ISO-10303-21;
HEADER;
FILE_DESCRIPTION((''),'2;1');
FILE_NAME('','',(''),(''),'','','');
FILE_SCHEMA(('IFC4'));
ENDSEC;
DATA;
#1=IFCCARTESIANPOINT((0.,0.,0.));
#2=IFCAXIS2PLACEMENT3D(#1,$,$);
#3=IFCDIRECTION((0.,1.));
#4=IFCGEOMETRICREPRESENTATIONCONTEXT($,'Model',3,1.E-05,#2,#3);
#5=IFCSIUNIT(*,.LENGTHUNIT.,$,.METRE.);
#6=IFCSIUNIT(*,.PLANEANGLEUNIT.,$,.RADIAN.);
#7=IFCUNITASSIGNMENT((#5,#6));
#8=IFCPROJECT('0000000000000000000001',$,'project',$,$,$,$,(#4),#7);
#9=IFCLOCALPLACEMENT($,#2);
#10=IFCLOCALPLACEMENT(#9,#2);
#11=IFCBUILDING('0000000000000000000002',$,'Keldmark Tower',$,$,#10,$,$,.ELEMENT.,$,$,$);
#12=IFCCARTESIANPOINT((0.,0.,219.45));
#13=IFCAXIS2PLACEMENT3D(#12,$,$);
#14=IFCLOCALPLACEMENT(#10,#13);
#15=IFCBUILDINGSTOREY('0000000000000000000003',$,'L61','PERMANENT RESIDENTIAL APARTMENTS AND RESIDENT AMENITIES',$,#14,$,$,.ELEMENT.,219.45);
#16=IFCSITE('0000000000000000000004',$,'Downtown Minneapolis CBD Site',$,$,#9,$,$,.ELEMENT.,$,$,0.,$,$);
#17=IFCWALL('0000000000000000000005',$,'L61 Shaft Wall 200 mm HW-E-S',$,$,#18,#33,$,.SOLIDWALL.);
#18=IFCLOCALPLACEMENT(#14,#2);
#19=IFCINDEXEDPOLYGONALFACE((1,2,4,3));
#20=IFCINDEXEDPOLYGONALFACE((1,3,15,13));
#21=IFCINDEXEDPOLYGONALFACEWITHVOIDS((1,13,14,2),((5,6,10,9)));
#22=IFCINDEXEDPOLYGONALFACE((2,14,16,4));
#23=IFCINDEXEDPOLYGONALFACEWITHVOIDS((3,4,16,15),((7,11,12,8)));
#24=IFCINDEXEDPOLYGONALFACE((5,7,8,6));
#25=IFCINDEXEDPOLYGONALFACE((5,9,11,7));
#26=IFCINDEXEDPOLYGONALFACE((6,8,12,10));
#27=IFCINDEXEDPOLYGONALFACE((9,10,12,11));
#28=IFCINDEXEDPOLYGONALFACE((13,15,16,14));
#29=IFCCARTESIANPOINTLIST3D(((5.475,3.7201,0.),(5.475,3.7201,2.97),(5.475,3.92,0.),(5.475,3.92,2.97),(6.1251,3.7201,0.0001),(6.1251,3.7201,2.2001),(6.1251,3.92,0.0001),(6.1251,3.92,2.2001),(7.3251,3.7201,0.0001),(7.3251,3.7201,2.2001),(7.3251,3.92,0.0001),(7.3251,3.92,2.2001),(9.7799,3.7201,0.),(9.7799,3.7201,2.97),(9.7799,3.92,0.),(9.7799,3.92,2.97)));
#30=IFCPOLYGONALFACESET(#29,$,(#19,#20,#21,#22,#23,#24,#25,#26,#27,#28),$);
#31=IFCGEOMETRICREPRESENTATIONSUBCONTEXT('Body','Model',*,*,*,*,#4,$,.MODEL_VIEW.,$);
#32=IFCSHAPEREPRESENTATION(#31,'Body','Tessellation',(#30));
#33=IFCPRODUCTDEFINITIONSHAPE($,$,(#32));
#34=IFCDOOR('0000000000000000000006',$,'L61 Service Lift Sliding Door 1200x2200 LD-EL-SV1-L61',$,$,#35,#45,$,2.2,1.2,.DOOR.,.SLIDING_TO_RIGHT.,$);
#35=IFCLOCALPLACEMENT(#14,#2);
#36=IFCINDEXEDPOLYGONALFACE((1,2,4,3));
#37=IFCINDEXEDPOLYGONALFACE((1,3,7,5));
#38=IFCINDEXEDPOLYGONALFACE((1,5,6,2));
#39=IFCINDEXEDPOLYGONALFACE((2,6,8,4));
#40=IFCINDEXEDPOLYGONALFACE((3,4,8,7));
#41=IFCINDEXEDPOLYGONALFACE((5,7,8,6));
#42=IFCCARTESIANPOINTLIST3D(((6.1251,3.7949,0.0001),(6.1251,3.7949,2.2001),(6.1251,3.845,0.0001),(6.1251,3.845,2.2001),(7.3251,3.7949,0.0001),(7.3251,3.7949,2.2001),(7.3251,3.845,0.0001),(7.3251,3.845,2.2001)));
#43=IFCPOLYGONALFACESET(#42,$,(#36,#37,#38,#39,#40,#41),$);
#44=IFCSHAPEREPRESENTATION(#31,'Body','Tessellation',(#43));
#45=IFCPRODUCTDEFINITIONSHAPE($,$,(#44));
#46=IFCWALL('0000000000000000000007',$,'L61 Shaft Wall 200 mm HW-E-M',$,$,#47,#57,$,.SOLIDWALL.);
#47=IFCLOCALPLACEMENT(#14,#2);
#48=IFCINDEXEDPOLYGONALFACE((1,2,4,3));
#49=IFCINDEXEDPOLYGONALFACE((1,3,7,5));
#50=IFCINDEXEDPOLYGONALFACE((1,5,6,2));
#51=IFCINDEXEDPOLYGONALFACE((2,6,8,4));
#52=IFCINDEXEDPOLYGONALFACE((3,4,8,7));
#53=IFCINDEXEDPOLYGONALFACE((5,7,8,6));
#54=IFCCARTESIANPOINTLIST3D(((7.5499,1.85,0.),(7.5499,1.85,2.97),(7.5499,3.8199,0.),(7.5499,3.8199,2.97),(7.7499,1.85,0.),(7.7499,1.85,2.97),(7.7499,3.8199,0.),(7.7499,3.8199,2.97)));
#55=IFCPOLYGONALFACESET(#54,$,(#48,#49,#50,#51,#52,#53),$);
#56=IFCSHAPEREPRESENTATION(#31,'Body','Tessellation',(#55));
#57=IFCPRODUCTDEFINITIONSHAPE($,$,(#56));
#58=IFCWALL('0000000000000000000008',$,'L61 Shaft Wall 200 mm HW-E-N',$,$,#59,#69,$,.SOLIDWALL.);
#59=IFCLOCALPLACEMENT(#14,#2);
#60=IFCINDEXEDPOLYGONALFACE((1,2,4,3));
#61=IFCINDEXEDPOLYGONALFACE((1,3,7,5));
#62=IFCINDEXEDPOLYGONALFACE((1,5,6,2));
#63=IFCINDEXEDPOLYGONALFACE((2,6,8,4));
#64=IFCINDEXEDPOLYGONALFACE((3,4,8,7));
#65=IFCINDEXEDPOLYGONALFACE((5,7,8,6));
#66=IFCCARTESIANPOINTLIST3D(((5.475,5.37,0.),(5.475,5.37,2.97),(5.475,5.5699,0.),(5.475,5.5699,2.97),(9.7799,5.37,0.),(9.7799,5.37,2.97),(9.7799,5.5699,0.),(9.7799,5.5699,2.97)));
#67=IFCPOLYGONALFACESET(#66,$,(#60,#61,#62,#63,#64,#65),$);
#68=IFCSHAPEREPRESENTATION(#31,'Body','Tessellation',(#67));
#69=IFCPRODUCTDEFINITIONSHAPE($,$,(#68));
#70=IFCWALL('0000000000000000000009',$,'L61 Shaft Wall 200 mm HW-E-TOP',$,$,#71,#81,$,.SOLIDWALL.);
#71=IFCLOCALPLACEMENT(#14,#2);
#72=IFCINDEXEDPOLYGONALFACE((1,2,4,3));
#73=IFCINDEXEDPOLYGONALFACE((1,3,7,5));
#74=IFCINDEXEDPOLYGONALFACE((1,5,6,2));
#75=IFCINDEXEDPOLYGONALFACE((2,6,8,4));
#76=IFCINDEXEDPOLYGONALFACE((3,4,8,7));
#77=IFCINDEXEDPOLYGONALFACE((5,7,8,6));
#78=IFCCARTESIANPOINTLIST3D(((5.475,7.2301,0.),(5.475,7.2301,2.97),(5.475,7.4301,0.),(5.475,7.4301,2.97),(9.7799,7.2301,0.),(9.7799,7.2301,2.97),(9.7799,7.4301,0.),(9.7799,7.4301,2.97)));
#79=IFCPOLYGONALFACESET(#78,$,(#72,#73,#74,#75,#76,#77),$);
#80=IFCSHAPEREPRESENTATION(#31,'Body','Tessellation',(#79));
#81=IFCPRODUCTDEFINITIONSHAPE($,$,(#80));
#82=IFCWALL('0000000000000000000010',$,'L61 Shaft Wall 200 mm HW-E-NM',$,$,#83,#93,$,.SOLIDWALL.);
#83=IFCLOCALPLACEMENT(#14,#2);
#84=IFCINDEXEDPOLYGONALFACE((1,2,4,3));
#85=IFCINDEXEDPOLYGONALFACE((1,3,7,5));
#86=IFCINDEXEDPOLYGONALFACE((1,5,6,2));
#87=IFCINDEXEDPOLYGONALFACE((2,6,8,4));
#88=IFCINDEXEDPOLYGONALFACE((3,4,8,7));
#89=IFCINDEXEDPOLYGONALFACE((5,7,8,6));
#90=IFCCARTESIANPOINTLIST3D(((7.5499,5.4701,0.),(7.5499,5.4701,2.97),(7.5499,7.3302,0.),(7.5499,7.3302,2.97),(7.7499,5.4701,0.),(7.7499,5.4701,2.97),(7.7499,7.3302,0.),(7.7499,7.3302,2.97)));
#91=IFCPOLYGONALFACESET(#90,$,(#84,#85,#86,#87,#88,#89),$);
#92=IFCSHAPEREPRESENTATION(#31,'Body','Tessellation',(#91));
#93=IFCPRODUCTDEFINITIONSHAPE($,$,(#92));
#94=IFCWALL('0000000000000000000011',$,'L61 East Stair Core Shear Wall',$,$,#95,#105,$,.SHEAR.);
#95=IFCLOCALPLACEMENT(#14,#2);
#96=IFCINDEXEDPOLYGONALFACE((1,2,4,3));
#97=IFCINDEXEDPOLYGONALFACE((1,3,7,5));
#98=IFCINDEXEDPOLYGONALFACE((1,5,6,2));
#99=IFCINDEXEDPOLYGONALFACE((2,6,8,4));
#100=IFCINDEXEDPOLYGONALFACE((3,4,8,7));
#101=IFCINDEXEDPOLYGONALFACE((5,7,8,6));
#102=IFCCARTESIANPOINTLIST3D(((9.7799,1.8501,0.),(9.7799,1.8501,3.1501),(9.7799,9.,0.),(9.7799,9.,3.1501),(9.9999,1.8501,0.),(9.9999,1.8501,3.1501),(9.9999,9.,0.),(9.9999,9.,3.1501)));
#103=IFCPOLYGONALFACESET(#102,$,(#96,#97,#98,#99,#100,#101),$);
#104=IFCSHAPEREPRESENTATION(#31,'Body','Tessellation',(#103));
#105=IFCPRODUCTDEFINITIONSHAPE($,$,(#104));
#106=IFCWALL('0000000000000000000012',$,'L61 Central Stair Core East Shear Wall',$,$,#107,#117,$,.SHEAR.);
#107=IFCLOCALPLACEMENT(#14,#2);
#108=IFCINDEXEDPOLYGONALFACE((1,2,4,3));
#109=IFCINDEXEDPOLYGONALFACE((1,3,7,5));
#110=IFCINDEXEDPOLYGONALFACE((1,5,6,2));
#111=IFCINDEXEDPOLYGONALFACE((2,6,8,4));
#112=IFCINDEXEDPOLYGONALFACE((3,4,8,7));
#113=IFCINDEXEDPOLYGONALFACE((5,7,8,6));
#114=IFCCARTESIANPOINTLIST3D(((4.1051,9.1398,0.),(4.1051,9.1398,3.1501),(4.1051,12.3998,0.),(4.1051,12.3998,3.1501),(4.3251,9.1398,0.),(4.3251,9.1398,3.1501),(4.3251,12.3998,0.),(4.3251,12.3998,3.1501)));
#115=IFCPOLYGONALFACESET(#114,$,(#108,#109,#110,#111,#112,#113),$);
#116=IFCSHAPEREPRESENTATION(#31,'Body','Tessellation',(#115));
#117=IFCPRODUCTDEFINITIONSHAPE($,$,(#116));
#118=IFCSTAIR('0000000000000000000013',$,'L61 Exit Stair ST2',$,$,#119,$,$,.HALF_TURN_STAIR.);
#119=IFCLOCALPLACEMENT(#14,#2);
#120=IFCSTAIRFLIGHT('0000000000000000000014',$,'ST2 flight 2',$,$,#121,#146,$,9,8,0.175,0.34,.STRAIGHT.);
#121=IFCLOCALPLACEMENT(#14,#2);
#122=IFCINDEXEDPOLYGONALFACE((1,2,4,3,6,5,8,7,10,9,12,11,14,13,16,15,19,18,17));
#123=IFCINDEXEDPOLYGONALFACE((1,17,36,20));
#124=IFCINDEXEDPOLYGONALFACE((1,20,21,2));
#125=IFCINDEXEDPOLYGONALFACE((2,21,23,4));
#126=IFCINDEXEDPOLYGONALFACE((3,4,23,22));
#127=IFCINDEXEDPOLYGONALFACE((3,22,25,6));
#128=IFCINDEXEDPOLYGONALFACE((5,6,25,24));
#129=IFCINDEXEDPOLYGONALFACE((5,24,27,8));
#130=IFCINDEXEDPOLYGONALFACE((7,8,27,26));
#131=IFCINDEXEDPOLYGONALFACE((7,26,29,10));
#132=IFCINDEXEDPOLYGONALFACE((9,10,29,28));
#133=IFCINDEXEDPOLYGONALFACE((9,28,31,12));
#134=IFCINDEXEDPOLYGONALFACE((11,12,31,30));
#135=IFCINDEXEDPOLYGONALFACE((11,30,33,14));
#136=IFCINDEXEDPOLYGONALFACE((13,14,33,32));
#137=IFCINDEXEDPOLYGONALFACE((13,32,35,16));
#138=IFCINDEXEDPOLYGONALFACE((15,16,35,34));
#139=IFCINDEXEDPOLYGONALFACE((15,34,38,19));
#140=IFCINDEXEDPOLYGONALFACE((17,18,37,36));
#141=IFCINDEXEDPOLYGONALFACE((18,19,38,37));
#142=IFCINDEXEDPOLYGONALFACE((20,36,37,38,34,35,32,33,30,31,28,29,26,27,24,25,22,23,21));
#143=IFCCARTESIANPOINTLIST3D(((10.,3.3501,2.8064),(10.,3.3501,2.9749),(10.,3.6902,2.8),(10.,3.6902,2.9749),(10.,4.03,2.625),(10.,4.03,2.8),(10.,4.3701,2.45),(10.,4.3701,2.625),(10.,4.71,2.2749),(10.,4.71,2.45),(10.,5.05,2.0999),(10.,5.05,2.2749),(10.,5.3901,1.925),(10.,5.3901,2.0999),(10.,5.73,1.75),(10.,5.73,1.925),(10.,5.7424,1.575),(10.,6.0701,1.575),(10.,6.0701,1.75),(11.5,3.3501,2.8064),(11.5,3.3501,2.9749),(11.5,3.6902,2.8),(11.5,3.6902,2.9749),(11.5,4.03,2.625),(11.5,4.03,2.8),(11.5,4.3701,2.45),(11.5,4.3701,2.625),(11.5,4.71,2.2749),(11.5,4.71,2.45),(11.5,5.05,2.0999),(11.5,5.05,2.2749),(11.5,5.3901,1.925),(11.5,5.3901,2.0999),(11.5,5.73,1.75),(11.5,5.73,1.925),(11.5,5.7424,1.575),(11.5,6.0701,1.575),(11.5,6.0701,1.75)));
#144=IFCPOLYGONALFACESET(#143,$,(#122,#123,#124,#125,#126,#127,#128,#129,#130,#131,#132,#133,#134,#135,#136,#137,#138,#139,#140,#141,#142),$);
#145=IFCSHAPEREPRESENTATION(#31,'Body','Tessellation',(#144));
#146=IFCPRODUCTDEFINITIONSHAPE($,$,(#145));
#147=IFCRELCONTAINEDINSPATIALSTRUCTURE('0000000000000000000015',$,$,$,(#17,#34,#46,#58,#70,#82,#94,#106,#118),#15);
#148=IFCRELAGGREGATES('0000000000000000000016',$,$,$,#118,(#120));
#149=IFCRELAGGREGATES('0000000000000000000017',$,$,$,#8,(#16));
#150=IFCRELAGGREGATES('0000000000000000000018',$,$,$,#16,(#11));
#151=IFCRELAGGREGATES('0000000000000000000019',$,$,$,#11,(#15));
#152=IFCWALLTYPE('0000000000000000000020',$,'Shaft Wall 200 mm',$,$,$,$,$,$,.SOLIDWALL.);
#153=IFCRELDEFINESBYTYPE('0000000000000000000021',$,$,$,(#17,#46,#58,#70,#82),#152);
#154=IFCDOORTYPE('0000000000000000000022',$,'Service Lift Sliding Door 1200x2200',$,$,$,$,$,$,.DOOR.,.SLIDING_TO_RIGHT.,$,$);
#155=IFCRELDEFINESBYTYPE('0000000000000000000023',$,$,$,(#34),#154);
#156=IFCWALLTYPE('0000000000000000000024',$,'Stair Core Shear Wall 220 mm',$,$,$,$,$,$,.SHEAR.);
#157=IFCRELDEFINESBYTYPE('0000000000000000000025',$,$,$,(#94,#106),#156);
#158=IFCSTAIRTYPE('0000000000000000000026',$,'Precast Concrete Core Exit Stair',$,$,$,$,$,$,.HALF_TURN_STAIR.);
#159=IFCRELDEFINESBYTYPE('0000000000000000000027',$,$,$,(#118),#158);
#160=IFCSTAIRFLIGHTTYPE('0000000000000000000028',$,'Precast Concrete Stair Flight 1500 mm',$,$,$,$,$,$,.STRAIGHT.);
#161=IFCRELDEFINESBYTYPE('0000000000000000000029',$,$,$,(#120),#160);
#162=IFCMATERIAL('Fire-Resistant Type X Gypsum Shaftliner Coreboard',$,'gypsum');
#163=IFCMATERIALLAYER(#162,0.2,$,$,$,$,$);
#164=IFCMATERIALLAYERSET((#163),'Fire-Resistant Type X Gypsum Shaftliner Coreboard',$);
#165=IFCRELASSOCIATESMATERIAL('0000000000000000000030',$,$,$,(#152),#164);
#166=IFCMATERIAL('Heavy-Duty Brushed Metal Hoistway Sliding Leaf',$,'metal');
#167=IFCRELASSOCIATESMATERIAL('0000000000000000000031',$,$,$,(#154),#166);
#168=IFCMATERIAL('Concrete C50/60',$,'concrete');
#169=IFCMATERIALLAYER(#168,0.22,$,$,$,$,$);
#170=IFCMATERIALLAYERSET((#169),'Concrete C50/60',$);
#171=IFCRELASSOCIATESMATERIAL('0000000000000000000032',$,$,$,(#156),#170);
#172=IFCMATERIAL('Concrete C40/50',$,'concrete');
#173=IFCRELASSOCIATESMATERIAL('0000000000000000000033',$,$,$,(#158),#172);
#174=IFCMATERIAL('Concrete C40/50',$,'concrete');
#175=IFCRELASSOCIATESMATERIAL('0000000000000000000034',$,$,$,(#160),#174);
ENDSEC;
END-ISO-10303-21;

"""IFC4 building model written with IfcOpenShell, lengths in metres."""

from ifc_helpers import new_model, si_unit, direction, frame, frame_2d, origin, place, context, subcontext, project, spatial, polyline, rectangle, outline, extrude, material, layer, layer_set, type_object, element, fill, aggregate, save


model = new_model("IFC4")

# Units and contexts
model_context = context("Model", 3, precision=1e-05, world=origin(), true_north=direction((0.0, 1.0)))
body_context = subcontext(model_context, "Body", "Model", "MODEL_VIEW")
ifc_project = project(units=[si_unit("LENGTHUNIT", "METRE"), si_unit("PLANEANGLEUNIT", "RADIAN")], contexts=[model_context])

# Site, building, storey
site_placement = place(None, origin())
site = spatial("IfcSite", under=ifc_project, at=site_placement, Name="Downtown Minneapolis CBD Site", CompositionType="ELEMENT", RefElevation=0.0)
building_placement = place(site_placement, origin())
building = spatial("IfcBuilding", under=site, at=building_placement, Name="Keldmark Tower", CompositionType="ELEMENT")
storey_placement = place(building_placement, frame((0.0, 0.0, 219.45)))
storey = spatial("IfcBuildingStorey", under=building, at=storey_placement, Name="L61", Description="PERMANENT RESIDENTIAL APARTMENTS AND RESIDENT AMENITIES", CompositionType="ELEMENT", Elevation=219.45)

# Wall, opening, door
ifc_material_1 = material(Name="Fire-Resistant Type X Gypsum Shaftliner Coreboard", Category="gypsum")
ifc_layer_1 = layer(ifc_material_1, 0.2)
ifc_layer_set_1 = layer_set([ifc_layer_1], Name="Fire-Resistant Type X Gypsum Shaftliner Coreboard")
wall_type_1 = type_object("IfcWallType", Name="Shaft Wall 200 mm", PredefinedType="SOLIDWALL", material=ifc_layer_set_1)
wall_1_placement = place(storey_placement, frame((5.4751, 3.8201, 0.0), z_axis=(0.0, 0.0, 1.0), x_axis=(1.0, 0.0, 0.0)))
wall_1 = element("IfcWall", 1, at=wall_1_placement, inside=storey, type_object=wall_type_1, Name="L61 Shaft Wall 200 mm HW-E-S", PredefinedType="SOLIDWALL", context=body_context, shape_type="SweptSolid", body=[
    extrude(rectangle(XDim=4.3049, YDim=0.2, at=frame_2d((2.1523, 0.0))), origin(), (0.0, 0.0, 1.0), 2.97),
])
opening_1_placement = place(wall_1_placement, frame((0.6499, 0.0, 0.0)))
opening_1 = element("IfcOpeningElement", 2, at=opening_1_placement, cuts=wall_1, PredefinedType="OPENING", context=body_context, shape_type="SweptSolid", body=[
    extrude(rectangle(XDim=1.2, YDim=2.2, at=frame_2d((0.6001, 1.1001))), frame((0.0, 0.1099, 0.0), z_axis=(0.0, -1.0, 0.0), x_axis=(1.0, 0.0, 0.0)), (0.0, 0.0, 1.0), 0.22),
])
ifc_material_2 = material(Name="Heavy-Duty Brushed Metal Hoistway Sliding Leaf", Category="metal")
door_type_1 = type_object("IfcDoorType", Name="Service Lift Sliding Door 1200x2200", OperationType="SLIDING_TO_RIGHT", PredefinedType="DOOR", material=ifc_material_2)
door_1_placement = place(opening_1_placement, origin())
door_1 = element("IfcDoor", 3, at=door_1_placement, inside=storey, type_object=door_type_1, Name="L61 Service Lift Sliding Door 1200x2200 LD-EL-SV1-L61", OperationType="SLIDING_TO_RIGHT", OverallHeight=2.2, OverallWidth=1.2, PredefinedType="DOOR", context=body_context, shape_type="SweptSolid", body=[
    extrude(rectangle(XDim=1.2, YDim=2.2, at=frame_2d((0.6001, 1.1001))), frame((0.0, 0.0249, 0.0), z_axis=(0.0, -1.0, 0.0), x_axis=(1.0, 0.0, 0.0)), (0.0, 0.0, 1.0), 0.05),
])
fill(opening_1, door_1)

# Walls
wall_2_placement = place(storey_placement, frame((7.6499, 1.8501, 0.0), z_axis=(0.0, 0.0, 1.0), x_axis=(0.0, 1.0, 0.0)))
element("IfcWall", 4, at=wall_2_placement, inside=storey, type_object=wall_type_1, Name="L61 Shaft Wall 200 mm HW-E-M", PredefinedType="SOLIDWALL", context=body_context, shape_type="SweptSolid", body=[
    extrude(rectangle(XDim=1.97, YDim=0.2, at=frame_2d((0.9849, 0.0))), origin(), (0.0, 0.0, 1.0), 2.97),
])
for number, where, z_axis, x_axis, name in (
    (5, (5.4751, 5.47, 0.0), (0.0, 0.0, 1.0), (1.0, 0.0, 0.0), "L61 Shaft Wall 200 mm HW-E-N"),
    (6, (5.4751, 7.3301, 0.0), (0.0, 0.0, 1.0), (1.0, 0.0, 0.0), "L61 Shaft Wall 200 mm HW-E-TOP"),
):
    element("IfcWall", number, at=place(storey_placement, frame(where, z_axis=z_axis, x_axis=x_axis)), inside=storey, type_object=wall_type_1, Name=name, PredefinedType="SOLIDWALL", context=body_context, shape_type="SweptSolid", body=[
        extrude(rectangle(XDim=4.3049, YDim=0.2, at=frame_2d((2.1523, 0.0))), origin(), (0.0, 0.0, 1.0), 2.97),
    ])
wall_3_placement = place(storey_placement, frame((7.6499, 5.47, 0.0), z_axis=(0.0, 0.0, 1.0), x_axis=(0.0, 1.0, 0.0)))
element("IfcWall", 7, at=wall_3_placement, inside=storey, type_object=wall_type_1, Name="L61 Shaft Wall 200 mm HW-E-NM", PredefinedType="SOLIDWALL", context=body_context, shape_type="SweptSolid", body=[
    extrude(rectangle(XDim=1.8601, YDim=0.2, at=frame_2d((0.9302, 0.0))), origin(), (0.0, 0.0, 1.0), 2.97),
])
ifc_material_3 = material(Name="Concrete C50/60", Category="concrete")
ifc_layer_2 = layer(ifc_material_3, 0.22)
ifc_layer_set_2 = layer_set([ifc_layer_2], Name="Concrete C50/60")
wall_type_2 = type_object("IfcWallType", Name="Stair Core Shear Wall 220 mm", PredefinedType="SHEAR", material=ifc_layer_set_2)
wall_4_placement = place(storey_placement, frame((9.8899, 1.8501, 0.0), z_axis=(0.0, 0.0, 1.0), x_axis=(0.0, 1.0, 0.0)))
element("IfcWall", 8, at=wall_4_placement, inside=storey, type_object=wall_type_2, Name="L61 East Stair Core Shear Wall", PredefinedType="SHEAR", context=body_context, shape_type="SweptSolid", body=[
    extrude(rectangle(XDim=7.1499, YDim=0.22, at=frame_2d((3.575, 0.0))), origin(), (0.0, 0.0, 1.0), 3.1501),
])
wall_5_placement = place(storey_placement, frame((4.2151, 9.1399, 0.0), z_axis=(0.0, 0.0, 1.0), x_axis=(0.0, 1.0, 0.0)))
element("IfcWall", 9, at=wall_5_placement, inside=storey, type_object=wall_type_2, Name="L61 Central Stair Core East Shear Wall", PredefinedType="SHEAR", context=body_context, shape_type="SweptSolid", body=[
    extrude(rectangle(XDim=3.26, YDim=0.22, at=frame_2d((1.6299, 0.0))), origin(), (0.0, 0.0, 1.0), 3.1501),
])

# Stair, stair flight
ifc_material_4 = material(Name="Concrete C40/50", Category="concrete")
stair_type = type_object("IfcStairType", Name="Precast Concrete Core Exit Stair", PredefinedType="HALF_TURN_STAIR", material=ifc_material_4)
stair_placement = place(storey_placement, origin())
stair = element("IfcStair", 10, at=stair_placement, inside=storey, type_object=stair_type, Name="L61 Exit Stair ST2", PredefinedType="HALF_TURN_STAIR")
ifc_material_5 = material(Name="Concrete C40/50", Category="concrete")
stair_flight_type = type_object("IfcStairFlightType", Name="Precast Concrete Stair Flight 1500 mm", PredefinedType="STRAIGHT", material=ifc_material_5)
stair_flight_placement = place(storey_placement, frame((10.75, 6.0701, 1.575), z_axis=(0.0, 0.0, 1.0), x_axis=(0.0, -1.0, 0.0)))
stair_flight = element("IfcStairFlight", 11, at=stair_flight_placement, type_object=stair_flight_type, Name="ST2 flight 2", NumberOfRisers=9, NumberOfTreads=8, PredefinedType="STRAIGHT", RiserHeight=0.175, TreadLength=0.34, context=body_context, shape_type="SweptSolid", body=[
    extrude(outline(polyline([(0.0, 0.0), (0.0, 0.175), (0.3401, 0.175), (0.3401, 0.3501), (0.6799, 0.3501), (0.6799, 0.5249), (1.02, 0.5249), (1.02, 0.7), (1.3601, 0.7), (1.3601, 0.875), (1.7, 0.875), (1.7, 1.05), (2.04, 1.05), (2.04, 1.2251), (2.3799, 1.2251), (2.3799, 1.3999), (2.72, 1.3999), (2.72, 1.575), (2.72, 1.2314), (0.3276, 0.0), (0.0, 0.0)])), frame((0.0, 0.75, 0.0), z_axis=(0.0, -1.0, 0.0), x_axis=(1.0, 0.0, 0.0)), (0.0, 0.0, 1.0), 1.5),
])
aggregate(stair, [stair_flight])

save(model, "model.ifc")
